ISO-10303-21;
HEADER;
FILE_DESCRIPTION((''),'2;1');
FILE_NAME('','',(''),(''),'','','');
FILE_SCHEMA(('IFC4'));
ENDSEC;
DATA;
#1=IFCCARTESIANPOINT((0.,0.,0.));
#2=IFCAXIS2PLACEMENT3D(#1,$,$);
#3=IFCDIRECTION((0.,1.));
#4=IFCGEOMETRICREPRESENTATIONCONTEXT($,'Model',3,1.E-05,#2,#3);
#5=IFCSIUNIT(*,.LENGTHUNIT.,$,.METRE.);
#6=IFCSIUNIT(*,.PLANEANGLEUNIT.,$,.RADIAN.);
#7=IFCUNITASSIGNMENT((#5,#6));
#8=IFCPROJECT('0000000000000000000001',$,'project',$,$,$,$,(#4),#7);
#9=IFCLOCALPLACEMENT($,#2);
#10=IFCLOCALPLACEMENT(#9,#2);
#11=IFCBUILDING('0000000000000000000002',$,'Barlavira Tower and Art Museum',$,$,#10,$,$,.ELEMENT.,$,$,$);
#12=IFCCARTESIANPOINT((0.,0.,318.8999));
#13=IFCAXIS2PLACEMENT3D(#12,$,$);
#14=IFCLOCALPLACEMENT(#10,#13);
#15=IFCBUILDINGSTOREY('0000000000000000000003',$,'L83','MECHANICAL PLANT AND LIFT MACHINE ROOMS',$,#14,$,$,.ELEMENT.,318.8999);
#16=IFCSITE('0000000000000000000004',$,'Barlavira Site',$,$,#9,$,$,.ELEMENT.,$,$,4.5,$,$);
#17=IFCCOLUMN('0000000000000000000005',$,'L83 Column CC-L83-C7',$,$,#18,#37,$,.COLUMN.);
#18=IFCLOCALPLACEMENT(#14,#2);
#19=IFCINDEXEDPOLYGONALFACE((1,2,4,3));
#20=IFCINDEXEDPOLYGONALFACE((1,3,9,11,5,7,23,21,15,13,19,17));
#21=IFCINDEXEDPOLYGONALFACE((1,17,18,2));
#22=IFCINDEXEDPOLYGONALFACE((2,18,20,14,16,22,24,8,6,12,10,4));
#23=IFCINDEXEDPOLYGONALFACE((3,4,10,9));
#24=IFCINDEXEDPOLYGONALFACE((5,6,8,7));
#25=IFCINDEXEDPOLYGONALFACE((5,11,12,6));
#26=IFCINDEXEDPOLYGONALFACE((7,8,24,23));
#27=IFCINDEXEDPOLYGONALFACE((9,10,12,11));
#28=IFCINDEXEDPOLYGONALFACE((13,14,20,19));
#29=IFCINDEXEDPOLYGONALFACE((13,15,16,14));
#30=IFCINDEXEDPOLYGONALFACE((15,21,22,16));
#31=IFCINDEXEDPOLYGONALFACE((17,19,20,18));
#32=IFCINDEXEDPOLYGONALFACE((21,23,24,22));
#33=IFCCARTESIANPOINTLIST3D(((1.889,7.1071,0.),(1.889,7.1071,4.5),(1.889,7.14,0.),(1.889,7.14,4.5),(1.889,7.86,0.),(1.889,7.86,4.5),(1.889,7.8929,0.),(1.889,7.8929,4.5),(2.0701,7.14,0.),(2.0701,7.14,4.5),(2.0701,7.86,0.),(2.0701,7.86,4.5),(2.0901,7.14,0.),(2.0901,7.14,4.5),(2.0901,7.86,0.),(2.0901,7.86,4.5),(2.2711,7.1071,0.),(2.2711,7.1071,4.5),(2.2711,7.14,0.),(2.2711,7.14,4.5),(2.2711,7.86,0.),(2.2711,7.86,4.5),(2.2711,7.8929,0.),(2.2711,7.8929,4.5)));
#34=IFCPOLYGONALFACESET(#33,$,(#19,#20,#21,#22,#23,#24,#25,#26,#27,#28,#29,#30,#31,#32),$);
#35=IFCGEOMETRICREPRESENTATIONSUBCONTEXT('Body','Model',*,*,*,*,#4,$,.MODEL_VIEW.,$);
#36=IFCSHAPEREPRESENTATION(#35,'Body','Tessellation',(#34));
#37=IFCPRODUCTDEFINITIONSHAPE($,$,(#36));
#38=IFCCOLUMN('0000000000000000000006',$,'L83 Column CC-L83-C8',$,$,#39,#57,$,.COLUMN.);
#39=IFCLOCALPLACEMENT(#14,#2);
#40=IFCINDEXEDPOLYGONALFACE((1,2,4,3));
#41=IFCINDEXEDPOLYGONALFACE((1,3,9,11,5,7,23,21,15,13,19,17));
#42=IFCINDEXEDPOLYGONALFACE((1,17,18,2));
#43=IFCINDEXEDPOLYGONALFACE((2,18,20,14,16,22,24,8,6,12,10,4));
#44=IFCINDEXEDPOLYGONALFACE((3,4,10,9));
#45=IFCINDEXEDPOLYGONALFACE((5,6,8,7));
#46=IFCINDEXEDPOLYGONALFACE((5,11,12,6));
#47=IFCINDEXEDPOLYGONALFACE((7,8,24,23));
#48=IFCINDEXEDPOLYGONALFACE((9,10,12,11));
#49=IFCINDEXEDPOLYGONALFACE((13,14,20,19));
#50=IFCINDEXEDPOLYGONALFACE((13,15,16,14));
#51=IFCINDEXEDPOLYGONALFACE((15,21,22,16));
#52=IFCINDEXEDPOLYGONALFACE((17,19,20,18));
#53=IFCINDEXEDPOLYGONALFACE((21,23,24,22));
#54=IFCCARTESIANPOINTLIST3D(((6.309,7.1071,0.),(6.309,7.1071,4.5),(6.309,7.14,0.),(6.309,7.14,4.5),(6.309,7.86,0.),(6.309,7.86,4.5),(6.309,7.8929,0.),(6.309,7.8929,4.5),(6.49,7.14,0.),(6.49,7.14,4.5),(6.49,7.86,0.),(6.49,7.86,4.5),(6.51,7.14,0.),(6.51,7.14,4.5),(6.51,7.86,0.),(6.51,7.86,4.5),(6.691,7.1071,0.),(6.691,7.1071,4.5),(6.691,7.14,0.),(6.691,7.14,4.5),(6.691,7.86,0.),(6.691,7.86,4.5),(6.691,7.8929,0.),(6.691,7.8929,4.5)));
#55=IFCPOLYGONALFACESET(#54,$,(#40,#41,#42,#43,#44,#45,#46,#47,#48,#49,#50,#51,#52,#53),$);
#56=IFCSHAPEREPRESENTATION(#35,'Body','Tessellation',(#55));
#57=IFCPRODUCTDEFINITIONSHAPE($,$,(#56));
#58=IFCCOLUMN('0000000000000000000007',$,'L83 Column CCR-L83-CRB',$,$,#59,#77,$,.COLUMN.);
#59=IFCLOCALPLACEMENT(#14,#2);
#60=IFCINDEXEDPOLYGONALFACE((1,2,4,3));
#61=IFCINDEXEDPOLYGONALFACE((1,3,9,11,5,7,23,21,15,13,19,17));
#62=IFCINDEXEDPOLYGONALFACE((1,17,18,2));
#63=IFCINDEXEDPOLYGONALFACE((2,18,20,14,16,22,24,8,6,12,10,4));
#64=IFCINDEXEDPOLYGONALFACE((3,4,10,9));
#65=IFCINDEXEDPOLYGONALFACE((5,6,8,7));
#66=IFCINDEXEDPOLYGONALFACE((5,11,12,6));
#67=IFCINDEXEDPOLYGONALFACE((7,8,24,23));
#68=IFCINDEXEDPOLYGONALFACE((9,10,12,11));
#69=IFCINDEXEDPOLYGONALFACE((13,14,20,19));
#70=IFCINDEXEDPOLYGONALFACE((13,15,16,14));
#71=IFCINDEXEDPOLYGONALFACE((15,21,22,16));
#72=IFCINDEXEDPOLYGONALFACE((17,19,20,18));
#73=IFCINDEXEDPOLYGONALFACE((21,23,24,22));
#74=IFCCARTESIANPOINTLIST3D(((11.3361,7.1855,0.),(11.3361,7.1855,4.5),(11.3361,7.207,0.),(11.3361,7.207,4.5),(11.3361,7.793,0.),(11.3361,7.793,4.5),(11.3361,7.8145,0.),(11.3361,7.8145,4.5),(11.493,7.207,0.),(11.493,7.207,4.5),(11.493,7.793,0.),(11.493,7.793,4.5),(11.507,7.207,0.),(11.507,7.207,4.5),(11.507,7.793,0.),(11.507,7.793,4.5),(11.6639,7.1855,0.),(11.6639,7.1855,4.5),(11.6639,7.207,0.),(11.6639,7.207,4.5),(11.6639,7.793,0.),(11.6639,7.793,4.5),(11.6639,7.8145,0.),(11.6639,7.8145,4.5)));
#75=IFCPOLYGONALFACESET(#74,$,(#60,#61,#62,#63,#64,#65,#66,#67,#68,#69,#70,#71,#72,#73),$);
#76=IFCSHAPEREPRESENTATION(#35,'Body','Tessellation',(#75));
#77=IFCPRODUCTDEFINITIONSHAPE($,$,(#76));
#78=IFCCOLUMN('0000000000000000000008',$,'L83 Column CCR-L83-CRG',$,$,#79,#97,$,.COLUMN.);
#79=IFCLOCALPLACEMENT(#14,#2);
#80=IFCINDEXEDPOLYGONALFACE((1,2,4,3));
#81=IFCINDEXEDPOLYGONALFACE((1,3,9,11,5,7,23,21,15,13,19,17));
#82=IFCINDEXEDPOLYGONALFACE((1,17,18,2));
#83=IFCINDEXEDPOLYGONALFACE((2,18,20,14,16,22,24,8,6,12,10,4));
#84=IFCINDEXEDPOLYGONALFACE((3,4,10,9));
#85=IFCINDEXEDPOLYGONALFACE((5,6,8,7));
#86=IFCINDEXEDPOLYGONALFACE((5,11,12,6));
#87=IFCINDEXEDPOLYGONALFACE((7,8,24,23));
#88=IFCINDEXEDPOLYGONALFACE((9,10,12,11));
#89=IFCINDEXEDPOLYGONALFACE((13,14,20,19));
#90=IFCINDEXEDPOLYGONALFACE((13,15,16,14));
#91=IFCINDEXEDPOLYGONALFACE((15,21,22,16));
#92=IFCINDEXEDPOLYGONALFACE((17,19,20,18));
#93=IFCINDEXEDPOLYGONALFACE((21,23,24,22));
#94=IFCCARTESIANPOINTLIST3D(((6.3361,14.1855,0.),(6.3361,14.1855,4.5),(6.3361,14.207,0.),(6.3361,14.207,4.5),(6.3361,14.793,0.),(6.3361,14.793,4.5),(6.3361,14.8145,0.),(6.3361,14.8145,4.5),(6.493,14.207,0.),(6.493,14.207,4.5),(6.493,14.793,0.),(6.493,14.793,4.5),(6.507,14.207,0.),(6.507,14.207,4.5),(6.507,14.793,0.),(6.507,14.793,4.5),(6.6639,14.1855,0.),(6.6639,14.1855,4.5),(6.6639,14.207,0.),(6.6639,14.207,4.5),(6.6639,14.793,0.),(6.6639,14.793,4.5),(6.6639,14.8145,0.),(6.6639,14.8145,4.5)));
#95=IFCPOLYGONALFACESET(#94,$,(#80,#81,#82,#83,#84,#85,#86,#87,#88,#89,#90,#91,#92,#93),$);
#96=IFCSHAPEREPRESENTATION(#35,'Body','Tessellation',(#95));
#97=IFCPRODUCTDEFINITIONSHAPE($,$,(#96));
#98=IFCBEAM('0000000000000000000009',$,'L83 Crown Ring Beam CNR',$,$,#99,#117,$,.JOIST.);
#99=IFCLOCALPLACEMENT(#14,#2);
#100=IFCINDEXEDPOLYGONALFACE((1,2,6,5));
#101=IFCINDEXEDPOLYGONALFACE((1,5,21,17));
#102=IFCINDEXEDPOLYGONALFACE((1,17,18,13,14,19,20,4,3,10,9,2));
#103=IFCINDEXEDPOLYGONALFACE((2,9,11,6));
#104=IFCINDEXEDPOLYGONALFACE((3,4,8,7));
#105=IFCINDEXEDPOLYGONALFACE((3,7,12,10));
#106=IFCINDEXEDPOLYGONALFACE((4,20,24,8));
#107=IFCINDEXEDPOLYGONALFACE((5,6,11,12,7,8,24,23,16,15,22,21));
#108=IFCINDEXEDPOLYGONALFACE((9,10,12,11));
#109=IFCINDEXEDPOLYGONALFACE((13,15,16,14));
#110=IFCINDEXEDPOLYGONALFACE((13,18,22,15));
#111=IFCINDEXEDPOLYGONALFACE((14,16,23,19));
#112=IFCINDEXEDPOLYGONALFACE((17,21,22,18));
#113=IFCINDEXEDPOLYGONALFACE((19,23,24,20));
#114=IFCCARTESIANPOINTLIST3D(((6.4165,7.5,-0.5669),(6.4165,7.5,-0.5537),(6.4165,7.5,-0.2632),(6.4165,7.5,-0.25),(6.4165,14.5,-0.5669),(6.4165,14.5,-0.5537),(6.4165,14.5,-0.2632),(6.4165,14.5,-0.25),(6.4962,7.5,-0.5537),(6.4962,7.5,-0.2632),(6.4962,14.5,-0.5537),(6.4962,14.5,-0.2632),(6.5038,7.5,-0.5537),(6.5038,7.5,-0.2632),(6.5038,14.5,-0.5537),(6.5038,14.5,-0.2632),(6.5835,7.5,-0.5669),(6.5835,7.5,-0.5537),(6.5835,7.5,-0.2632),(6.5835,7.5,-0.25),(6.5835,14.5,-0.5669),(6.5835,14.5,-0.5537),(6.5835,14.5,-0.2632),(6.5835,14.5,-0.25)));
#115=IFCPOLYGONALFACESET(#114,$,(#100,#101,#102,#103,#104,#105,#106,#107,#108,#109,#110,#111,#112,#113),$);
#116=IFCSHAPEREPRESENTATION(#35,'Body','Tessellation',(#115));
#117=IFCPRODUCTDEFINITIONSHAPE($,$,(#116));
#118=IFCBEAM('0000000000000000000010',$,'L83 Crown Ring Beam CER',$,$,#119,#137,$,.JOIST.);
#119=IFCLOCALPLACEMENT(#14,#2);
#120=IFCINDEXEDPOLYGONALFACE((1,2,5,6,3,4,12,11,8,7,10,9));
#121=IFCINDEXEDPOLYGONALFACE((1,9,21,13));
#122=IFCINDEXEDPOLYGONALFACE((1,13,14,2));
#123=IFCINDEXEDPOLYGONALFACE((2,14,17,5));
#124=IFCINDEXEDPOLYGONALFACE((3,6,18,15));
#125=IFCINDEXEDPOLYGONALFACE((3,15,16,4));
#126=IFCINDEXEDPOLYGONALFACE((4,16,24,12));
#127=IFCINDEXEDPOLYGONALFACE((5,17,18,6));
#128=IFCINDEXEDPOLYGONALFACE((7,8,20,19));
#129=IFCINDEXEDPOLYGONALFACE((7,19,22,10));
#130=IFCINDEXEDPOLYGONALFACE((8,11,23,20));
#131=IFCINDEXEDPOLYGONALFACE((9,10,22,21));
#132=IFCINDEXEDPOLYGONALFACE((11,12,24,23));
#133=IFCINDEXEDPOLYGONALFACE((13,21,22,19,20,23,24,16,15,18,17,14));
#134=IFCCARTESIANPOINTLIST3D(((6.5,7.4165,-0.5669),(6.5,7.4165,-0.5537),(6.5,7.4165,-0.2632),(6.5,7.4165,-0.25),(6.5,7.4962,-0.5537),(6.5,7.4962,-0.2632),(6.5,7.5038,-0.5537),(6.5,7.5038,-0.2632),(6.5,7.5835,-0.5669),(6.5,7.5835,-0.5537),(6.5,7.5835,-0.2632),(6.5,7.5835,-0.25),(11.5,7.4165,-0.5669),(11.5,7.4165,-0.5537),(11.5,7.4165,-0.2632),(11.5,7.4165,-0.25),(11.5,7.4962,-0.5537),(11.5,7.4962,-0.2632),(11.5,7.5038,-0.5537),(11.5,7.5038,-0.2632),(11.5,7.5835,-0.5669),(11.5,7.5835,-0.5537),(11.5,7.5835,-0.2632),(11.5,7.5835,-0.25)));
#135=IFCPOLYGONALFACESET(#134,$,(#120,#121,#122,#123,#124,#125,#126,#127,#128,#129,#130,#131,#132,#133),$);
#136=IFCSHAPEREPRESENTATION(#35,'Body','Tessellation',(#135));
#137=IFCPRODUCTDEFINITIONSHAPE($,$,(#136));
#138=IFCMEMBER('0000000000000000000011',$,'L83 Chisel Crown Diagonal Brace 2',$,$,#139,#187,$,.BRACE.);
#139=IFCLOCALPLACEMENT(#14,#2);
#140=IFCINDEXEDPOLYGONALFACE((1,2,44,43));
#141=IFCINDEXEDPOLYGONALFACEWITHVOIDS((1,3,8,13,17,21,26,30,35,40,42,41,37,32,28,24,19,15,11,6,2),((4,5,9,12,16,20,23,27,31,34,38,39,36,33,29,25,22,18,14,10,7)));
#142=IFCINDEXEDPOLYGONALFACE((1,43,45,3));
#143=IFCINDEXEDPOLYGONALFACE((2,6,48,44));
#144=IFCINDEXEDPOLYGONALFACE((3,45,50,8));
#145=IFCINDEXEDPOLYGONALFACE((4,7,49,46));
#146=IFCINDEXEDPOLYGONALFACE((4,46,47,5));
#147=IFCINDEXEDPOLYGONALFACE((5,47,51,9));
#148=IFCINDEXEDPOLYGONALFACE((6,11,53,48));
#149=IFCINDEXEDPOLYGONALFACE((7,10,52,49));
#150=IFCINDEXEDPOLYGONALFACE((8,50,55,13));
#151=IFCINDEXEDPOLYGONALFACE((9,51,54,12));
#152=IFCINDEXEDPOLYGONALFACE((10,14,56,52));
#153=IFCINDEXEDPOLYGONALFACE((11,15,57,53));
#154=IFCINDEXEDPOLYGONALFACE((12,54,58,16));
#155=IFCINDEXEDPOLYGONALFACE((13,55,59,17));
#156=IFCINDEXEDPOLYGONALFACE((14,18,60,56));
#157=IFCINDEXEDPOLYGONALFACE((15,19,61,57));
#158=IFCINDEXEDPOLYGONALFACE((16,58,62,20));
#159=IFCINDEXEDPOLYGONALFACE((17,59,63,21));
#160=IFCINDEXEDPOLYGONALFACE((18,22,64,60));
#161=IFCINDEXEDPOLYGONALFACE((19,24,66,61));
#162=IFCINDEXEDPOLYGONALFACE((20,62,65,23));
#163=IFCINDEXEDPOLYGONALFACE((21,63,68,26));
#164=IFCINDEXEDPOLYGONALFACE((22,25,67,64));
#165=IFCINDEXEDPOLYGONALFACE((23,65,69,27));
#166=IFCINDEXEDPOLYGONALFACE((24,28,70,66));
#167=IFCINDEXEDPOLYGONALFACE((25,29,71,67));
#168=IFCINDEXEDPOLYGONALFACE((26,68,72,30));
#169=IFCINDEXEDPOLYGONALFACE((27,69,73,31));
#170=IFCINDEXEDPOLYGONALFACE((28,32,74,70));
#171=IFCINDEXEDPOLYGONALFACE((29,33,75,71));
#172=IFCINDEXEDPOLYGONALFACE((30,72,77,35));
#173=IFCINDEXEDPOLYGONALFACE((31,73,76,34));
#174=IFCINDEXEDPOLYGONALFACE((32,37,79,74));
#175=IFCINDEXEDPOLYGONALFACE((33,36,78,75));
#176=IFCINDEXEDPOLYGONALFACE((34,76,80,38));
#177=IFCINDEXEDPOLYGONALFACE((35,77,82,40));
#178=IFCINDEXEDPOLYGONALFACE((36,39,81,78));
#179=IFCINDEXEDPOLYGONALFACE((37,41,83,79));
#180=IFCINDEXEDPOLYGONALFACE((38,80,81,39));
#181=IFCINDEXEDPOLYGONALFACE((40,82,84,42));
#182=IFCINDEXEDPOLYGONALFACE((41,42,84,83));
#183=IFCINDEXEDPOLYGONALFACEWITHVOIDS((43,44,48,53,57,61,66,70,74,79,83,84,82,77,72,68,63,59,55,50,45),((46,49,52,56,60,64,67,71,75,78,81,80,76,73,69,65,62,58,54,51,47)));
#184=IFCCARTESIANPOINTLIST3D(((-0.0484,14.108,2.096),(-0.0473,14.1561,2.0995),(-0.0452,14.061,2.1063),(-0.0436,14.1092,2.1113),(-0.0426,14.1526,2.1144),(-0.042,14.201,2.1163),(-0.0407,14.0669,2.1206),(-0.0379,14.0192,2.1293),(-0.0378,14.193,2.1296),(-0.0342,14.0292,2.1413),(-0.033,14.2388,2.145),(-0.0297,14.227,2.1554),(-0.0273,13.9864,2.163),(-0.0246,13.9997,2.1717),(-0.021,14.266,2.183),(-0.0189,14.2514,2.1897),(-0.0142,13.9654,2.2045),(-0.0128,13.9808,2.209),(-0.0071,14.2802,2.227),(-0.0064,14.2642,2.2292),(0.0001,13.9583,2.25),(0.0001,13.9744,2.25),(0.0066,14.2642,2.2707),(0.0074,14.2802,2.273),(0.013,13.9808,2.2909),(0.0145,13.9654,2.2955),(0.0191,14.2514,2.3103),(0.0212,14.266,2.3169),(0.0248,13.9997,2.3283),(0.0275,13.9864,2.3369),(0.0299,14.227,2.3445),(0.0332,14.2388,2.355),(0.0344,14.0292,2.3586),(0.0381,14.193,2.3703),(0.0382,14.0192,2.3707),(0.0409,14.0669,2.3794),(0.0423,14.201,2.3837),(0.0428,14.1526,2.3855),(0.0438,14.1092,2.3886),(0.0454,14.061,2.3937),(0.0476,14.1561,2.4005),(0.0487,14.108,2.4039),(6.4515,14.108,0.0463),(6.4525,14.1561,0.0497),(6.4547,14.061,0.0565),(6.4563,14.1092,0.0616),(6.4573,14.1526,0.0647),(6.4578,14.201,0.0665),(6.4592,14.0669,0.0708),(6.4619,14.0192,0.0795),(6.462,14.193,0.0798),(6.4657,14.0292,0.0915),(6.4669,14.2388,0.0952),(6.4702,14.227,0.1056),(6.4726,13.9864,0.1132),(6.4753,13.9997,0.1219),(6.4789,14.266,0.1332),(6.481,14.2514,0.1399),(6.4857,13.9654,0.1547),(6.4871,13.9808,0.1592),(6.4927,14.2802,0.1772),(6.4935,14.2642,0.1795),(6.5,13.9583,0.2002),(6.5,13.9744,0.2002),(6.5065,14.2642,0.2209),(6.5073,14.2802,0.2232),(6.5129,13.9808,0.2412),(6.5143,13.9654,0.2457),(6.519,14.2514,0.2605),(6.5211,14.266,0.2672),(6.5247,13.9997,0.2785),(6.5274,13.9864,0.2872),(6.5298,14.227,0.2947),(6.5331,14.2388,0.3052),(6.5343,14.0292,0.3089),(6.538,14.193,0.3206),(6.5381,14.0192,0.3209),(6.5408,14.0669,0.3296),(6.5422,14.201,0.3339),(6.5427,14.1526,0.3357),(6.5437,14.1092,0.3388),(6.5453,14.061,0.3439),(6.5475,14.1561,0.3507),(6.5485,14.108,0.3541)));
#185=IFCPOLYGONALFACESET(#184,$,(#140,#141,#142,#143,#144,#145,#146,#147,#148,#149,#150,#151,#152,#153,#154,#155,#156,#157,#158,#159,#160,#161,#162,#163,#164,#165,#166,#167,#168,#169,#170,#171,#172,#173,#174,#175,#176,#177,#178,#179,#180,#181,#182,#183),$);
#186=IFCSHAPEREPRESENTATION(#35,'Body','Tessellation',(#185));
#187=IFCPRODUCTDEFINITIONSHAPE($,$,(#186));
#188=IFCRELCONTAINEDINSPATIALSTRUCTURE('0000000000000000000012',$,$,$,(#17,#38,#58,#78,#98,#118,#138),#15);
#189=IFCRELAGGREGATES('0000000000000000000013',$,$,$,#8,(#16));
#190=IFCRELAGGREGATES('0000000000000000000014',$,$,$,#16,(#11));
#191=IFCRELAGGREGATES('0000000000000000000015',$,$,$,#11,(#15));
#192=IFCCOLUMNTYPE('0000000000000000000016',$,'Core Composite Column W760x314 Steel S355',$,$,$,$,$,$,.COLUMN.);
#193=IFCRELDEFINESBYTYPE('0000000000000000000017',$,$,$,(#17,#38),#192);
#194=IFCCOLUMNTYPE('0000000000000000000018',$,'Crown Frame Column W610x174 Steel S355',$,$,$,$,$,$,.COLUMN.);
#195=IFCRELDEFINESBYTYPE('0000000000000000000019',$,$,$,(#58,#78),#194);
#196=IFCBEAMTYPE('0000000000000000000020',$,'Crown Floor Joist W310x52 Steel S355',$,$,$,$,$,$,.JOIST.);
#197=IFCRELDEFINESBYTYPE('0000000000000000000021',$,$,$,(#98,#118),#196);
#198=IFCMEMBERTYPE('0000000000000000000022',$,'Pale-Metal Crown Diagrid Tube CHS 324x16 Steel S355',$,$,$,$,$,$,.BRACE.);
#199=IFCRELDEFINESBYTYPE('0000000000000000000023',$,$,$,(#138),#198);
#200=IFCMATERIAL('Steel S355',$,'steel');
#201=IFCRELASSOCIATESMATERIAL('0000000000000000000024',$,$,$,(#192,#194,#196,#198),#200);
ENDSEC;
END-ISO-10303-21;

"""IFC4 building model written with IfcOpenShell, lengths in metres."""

from ifc_helpers import new_model, si_unit, direction, frame, origin, origin_2d, place, context, subcontext, project, spatial, hollow_circle, i_section, extrude, material, material_profile, profile_set, type_object, element, save


model = new_model("IFC4")

# Units and contexts
model_context = context("Model", 3, precision=1e-05, world=origin(), true_north=direction((0.0, 1.0)))
body_context = subcontext(model_context, "Body", "Model", "MODEL_VIEW")
ifc_project = project(units=[si_unit("LENGTHUNIT", "METRE"), si_unit("PLANEANGLEUNIT", "RADIAN")], contexts=[model_context])

# Site, building, storey
site_placement = place(None, origin())
site = spatial("IfcSite", under=ifc_project, at=site_placement, Name="Barlavira Site", CompositionType="ELEMENT", RefElevation=4.5)
building_placement = place(site_placement, origin())
building = spatial("IfcBuilding", under=site, at=building_placement, Name="Barlavira Tower and Art Museum", CompositionType="ELEMENT")
storey_placement = place(building_placement, frame((0.0, 0.0, 318.8999)))
storey = spatial("IfcBuildingStorey", under=building, at=storey_placement, Name="L83", Description="MECHANICAL PLANT AND LIFT MACHINE ROOMS", CompositionType="ELEMENT", Elevation=318.8999)

# Columns
ifc_material_1 = material(Name="Steel S355", Category="steel")
ifc_material_profile_1 = material_profile(ifc_material_1, i_section(OverallWidth=0.3821, OverallDepth=0.7859, WebThickness=0.02, FlangeThickness=0.033, at=origin_2d()), Name="W760x314.0")
ifc_profile_set_1 = profile_set([ifc_material_profile_1], Name="Steel S355")
column_type_1 = type_object("IfcColumnType", Name="Core Composite Column W760x314 Steel S355", PredefinedType="COLUMN", material=ifc_profile_set_1)
for number, where, z_axis, x_axis, name in (
    (1, (2.0801, 7.5, 0.0), (0.0, 0.0, 1.0), (1.0, 0.0, 0.0), "L83 Column CC-L83-C7"),
    (2, (6.5, 7.5, 0.0), (0.0, 0.0, 1.0), (1.0, 0.0, 0.0), "L83 Column CC-L83-C8"),
):
    element("IfcColumn", number, at=place(storey_placement, frame(where, z_axis=z_axis, x_axis=x_axis)), inside=storey, type_object=column_type_1, Name=name, PredefinedType="COLUMN", context=body_context, shape_type="SweptSolid", body=[
        extrude(i_section(OverallWidth=0.3821, OverallDepth=0.7859, WebThickness=0.02, FlangeThickness=0.033, at=origin_2d()), origin(), (0.0, 0.0, 1.0), 4.5),
    ])
ifc_material_profile_2 = material_profile(ifc_material_1, i_section(OverallWidth=0.3279, OverallDepth=0.6289, WebThickness=0.0139, FlangeThickness=0.0215, at=origin_2d()), Name="W610x174.0")
ifc_profile_set_2 = profile_set([ifc_material_profile_2], Name="Steel S355")
column_type_2 = type_object("IfcColumnType", Name="Crown Frame Column W610x174 Steel S355", PredefinedType="COLUMN", material=ifc_profile_set_2)
for number, where, z_axis, x_axis, name in (
    (3, (11.5, 7.5, 0.0), (0.0, 0.0, 1.0), (1.0, 0.0, 0.0), "L83 Column CCR-L83-CRB"),
    (4, (6.5, 14.5, 0.0), (0.0, 0.0, 1.0), (1.0, 0.0, 0.0), "L83 Column CCR-L83-CRG"),
):
    element("IfcColumn", number, at=place(storey_placement, frame(where, z_axis=z_axis, x_axis=x_axis)), inside=storey, type_object=column_type_2, Name=name, PredefinedType="COLUMN", context=body_context, shape_type="SweptSolid", body=[
        extrude(i_section(OverallWidth=0.3279, OverallDepth=0.6289, WebThickness=0.0139, FlangeThickness=0.0215, at=origin_2d()), origin(), (0.0, 0.0, 1.0), 4.5),
    ])

# Beams
ifc_material_profile_3 = material_profile(ifc_material_1, i_section(OverallWidth=0.167, OverallDepth=0.3169, WebThickness=0.0076, FlangeThickness=0.0132, at=origin_2d()), Name="W310x52.0")
ifc_profile_set_3 = profile_set([ifc_material_profile_3], Name="Steel S355")
beam_type = type_object("IfcBeamType", Name="Crown Floor Joist W310x52 Steel S355", PredefinedType="JOIST", material=ifc_profile_set_3)
beam_1_placement = place(storey_placement, frame((6.5, 7.5, -0.4084), z_axis=(0.0, 1.0, 0.0), x_axis=(-1.0, 0.0, 0.0)))
element("IfcBeam", 5, at=beam_1_placement, inside=storey, type_object=beam_type, Name="L83 Crown Ring Beam CNR", PredefinedType="JOIST", context=body_context, shape_type="SweptSolid", body=[
    extrude(i_section(OverallWidth=0.167, OverallDepth=0.3169, WebThickness=0.0076, FlangeThickness=0.0132, at=origin_2d()), origin(), (0.0, 0.0, 1.0), 7.0),
])
beam_2_placement = place(storey_placement, frame((6.5, 7.5, -0.4084), z_axis=(1.0, 0.0, 0.0), x_axis=(0.0, 1.0, 0.0)))
element("IfcBeam", 6, at=beam_2_placement, inside=storey, type_object=beam_type, Name="L83 Crown Ring Beam CER", PredefinedType="JOIST", context=body_context, shape_type="SweptSolid", body=[
    extrude(i_section(OverallWidth=0.167, OverallDepth=0.3169, WebThickness=0.0076, FlangeThickness=0.0132, at=origin_2d()), origin(), (0.0, 0.0, 1.0), 5.0),
])

# Member
ifc_material_profile_4 = material_profile(ifc_material_1, hollow_circle(Radius=0.1619, WallThickness=0.0161, at=origin_2d()), Name="CHS 323.9x16.0")
ifc_profile_set_4 = profile_set([ifc_material_profile_4], Name="Steel S355")
member_type = type_object("IfcMemberType", Name="Pale-Metal Crown Diagrid Tube CHS 324x16 Steel S355", PredefinedType="BRACE", material=ifc_profile_set_4)
member_1_placement = place(storey_placement, frame((6.5, 14.1201, 0.2002), z_axis=(-0.953702, 0.0, 0.300754), x_axis=(0.0, -1.0, 0.0)))
element("IfcMember", 7, at=member_1_placement, inside=storey, type_object=member_type, Name="L83 Chisel Crown Diagonal Brace 2", PredefinedType="BRACE", context=body_context, shape_type="SweptSolid", body=[
    extrude(hollow_circle(Radius=0.1619, WallThickness=0.0161, at=origin_2d()), origin(), (0.0, 0.0, 1.0), 6.8154),
])

save(model, "model.ifc")
